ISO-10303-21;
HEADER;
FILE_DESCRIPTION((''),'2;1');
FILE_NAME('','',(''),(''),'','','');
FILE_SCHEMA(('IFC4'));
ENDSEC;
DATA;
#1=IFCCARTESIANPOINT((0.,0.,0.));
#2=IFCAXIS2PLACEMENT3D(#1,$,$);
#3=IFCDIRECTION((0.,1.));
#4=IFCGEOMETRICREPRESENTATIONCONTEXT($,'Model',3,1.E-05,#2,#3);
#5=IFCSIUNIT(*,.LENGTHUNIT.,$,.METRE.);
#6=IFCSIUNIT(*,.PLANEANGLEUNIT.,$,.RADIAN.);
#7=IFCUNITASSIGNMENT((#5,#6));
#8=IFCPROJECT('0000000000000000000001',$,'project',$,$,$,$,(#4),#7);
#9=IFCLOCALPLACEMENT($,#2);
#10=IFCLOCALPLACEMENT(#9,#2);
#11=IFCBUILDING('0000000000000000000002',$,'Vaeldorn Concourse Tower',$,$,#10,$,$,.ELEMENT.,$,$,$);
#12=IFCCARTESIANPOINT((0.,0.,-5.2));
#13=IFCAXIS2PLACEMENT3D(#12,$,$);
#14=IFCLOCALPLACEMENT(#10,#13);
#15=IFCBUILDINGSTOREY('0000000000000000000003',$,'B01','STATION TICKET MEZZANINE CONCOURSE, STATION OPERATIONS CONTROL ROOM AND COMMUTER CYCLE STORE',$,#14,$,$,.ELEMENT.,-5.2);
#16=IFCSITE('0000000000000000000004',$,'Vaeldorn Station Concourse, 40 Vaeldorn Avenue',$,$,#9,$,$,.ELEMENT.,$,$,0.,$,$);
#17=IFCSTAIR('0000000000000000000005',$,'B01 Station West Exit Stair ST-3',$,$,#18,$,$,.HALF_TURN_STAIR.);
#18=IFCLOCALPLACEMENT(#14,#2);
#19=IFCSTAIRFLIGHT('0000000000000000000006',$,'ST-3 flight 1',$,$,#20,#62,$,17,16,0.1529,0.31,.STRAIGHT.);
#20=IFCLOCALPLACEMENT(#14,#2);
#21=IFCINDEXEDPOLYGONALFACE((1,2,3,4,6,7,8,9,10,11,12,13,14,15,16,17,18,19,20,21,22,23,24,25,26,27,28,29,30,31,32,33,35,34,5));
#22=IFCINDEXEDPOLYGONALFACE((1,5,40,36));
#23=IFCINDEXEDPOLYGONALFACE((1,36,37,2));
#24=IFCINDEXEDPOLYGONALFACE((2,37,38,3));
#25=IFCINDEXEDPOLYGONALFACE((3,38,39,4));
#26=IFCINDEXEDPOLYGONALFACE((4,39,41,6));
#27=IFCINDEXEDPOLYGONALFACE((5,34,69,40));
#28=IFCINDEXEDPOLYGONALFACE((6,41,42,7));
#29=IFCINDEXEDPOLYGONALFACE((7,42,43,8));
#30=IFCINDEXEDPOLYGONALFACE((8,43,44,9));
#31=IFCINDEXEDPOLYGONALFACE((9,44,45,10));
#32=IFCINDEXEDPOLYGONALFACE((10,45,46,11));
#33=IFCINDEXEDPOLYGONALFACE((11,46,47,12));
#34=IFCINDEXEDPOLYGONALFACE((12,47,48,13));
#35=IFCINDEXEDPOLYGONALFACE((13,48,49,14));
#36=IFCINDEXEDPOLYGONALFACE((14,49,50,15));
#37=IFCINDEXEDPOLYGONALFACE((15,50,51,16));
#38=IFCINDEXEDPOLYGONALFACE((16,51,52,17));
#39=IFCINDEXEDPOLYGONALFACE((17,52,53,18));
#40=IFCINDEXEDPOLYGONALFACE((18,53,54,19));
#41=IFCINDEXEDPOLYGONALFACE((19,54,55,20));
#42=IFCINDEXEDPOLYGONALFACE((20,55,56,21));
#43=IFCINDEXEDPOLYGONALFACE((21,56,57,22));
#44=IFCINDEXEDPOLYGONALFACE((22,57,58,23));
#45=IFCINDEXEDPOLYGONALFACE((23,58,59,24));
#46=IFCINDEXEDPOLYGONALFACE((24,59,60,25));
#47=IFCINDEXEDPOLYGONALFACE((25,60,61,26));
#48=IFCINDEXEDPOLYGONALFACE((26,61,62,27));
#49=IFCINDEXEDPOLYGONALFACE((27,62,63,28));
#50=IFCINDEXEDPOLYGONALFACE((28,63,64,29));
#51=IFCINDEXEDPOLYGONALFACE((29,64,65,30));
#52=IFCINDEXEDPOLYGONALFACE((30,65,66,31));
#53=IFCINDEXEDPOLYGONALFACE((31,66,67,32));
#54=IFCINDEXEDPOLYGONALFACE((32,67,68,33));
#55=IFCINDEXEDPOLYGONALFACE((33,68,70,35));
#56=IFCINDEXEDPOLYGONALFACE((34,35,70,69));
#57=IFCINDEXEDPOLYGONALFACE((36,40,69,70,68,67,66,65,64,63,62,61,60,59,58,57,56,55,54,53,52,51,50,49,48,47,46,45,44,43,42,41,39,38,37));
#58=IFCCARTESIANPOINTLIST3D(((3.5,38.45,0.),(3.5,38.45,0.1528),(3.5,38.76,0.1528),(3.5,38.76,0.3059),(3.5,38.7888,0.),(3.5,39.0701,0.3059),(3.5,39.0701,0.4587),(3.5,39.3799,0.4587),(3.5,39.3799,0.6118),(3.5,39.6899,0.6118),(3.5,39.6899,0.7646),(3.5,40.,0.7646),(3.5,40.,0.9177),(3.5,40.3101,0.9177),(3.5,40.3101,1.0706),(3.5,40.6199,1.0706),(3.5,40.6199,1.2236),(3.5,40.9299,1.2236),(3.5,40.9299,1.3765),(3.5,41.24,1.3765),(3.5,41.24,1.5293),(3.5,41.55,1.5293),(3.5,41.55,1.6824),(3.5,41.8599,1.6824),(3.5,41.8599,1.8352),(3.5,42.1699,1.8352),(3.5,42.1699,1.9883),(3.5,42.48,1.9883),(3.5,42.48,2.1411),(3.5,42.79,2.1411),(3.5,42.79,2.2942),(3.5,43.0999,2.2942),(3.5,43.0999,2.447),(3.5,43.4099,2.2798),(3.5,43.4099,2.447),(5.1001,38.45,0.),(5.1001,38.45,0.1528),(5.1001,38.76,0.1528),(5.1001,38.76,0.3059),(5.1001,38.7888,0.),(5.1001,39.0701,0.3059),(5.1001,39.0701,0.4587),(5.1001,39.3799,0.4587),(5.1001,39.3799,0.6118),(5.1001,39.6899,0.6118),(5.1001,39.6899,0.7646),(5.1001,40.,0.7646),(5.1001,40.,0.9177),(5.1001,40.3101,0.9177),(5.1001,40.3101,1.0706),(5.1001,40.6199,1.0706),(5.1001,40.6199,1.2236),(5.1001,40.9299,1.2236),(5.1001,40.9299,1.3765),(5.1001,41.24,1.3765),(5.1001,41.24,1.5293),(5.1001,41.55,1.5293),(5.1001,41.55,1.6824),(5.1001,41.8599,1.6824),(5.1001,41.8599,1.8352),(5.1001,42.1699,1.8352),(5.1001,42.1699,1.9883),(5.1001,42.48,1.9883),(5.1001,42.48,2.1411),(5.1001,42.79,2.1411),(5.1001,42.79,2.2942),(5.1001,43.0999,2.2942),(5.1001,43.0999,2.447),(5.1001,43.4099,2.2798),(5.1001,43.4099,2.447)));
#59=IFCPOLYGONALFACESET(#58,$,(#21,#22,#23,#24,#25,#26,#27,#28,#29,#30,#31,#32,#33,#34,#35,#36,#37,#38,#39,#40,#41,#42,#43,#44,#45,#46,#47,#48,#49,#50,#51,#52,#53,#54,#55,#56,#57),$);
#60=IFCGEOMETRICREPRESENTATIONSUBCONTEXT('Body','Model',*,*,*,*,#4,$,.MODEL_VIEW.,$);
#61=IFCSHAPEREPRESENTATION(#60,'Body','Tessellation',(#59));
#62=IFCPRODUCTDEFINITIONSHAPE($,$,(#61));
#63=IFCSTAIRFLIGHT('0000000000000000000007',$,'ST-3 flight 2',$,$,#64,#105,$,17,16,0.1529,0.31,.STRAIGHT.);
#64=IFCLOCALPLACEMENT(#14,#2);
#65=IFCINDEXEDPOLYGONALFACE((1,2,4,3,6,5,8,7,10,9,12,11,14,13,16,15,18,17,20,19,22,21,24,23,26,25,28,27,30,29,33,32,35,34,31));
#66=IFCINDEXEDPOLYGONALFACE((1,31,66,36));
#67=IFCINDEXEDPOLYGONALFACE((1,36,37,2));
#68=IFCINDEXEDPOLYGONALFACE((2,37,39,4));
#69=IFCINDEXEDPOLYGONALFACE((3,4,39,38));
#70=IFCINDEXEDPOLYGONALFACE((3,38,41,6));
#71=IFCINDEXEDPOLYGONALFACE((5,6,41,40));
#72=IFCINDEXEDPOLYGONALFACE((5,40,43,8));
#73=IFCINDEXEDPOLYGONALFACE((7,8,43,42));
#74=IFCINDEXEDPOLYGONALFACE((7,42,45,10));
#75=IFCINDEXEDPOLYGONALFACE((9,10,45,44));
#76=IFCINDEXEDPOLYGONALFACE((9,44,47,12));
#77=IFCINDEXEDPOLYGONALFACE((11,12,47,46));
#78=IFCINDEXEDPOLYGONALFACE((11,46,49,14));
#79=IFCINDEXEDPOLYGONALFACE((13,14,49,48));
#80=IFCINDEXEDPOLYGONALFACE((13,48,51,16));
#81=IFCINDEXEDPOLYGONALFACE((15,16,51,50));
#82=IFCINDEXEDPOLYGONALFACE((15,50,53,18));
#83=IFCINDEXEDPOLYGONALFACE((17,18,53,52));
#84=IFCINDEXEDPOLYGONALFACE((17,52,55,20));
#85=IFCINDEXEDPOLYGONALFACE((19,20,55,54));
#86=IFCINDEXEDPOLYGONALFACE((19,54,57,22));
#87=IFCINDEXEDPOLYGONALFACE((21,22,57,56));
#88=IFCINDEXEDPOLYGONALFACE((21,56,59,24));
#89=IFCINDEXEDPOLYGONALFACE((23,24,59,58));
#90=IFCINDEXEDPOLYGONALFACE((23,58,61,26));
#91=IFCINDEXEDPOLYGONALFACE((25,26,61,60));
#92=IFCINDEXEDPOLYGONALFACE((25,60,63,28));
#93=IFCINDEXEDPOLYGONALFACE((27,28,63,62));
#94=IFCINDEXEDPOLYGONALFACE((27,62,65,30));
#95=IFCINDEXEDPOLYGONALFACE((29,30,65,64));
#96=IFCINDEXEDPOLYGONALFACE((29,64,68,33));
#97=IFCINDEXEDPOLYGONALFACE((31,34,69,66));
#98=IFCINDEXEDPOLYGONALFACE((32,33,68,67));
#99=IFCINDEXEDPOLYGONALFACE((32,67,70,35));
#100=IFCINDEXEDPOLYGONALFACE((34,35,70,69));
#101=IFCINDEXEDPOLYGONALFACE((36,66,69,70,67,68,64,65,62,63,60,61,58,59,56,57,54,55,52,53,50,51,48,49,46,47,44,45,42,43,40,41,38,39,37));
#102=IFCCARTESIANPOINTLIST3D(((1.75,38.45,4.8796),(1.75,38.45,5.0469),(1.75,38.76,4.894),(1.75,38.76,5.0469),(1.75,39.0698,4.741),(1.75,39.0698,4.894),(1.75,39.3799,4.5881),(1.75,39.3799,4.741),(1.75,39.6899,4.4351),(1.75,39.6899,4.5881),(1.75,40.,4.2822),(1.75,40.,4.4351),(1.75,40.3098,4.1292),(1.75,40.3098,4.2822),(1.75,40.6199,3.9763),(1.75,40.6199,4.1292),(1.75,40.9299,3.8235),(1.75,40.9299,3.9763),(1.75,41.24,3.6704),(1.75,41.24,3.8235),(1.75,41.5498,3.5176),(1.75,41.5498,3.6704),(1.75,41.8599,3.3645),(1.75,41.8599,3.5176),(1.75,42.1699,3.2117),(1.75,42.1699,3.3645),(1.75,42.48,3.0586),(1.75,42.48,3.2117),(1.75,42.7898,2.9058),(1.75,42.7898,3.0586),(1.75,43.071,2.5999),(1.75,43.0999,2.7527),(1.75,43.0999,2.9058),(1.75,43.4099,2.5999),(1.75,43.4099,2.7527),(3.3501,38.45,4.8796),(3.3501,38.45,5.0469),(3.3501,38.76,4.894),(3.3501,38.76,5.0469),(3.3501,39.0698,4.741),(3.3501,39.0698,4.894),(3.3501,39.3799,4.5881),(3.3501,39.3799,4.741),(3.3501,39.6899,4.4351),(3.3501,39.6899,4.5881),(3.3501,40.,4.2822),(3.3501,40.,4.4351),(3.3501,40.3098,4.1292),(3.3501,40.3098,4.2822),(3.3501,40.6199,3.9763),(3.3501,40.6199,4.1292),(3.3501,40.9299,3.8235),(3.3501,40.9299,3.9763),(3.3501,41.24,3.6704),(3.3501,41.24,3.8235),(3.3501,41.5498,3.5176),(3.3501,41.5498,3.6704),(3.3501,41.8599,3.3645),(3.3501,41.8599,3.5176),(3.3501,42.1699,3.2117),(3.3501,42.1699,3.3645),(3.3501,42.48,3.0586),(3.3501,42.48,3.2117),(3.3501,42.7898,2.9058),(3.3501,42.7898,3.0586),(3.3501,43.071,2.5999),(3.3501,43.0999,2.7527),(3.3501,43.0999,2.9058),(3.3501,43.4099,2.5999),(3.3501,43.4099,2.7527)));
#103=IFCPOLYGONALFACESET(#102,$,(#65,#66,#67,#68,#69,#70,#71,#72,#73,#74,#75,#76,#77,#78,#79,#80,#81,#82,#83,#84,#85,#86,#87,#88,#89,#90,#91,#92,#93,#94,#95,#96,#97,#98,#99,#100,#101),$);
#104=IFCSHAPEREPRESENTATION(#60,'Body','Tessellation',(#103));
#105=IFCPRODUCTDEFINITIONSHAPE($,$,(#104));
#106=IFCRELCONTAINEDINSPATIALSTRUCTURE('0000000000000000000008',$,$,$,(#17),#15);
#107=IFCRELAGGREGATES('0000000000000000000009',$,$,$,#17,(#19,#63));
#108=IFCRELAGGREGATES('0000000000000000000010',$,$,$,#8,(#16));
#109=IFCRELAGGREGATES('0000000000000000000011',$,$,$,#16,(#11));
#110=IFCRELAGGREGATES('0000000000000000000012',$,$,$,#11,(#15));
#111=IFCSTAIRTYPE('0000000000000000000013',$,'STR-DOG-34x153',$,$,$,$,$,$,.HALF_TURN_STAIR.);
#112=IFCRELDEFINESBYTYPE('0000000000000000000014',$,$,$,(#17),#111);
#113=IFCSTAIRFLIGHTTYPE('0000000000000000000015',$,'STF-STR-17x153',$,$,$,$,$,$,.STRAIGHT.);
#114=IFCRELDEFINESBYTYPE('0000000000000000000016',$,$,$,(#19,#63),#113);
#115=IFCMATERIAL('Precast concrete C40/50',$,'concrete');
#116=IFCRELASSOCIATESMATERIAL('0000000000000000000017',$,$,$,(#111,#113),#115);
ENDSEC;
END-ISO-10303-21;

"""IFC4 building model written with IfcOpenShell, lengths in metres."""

from ifc_helpers import new_model, si_unit, direction, frame, origin, place, context, subcontext, project, spatial, polyline, outline, extrude, material, type_object, element, aggregate, save


model = new_model("IFC4")

# Units and contexts
model_context = context("Model", 3, precision=1e-05, world=origin(), true_north=direction((0.0, 1.0)))
body_context = subcontext(model_context, "Body", "Model", "MODEL_VIEW")
ifc_project = project(units=[si_unit("LENGTHUNIT", "METRE"), si_unit("PLANEANGLEUNIT", "RADIAN")], contexts=[model_context])

# Site, building, storey
site_placement = place(None, origin())
site = spatial("IfcSite", under=ifc_project, at=site_placement, Name="Vaeldorn Station Concourse, 40 Vaeldorn Avenue", CompositionType="ELEMENT", RefElevation=0.0)
building_placement = place(site_placement, origin())
building = spatial("IfcBuilding", under=site, at=building_placement, Name="Vaeldorn Concourse Tower", CompositionType="ELEMENT")
storey_placement = place(building_placement, frame((0.0, 0.0, -5.2)))
storey = spatial("IfcBuildingStorey", under=building, at=storey_placement, Name="B01", Description="STATION TICKET MEZZANINE CONCOURSE, STATION OPERATIONS CONTROL ROOM AND COMMUTER CYCLE STORE", CompositionType="ELEMENT", Elevation=-5.2)

# Stair, stair flights
ifc_material_1 = material(Name="Precast concrete C40/50", Category="concrete")
stair_type = type_object("IfcStairType", Name="STR-DOG-34x153", PredefinedType="HALF_TURN_STAIR", material=ifc_material_1)
stair_placement = place(storey_placement, origin())
stair = element("IfcStair", 1, at=stair_placement, inside=storey, type_object=stair_type, Name="B01 Station West Exit Stair ST-3", PredefinedType="HALF_TURN_STAIR")
stair_flight_type = type_object("IfcStairFlightType", Name="STF-STR-17x153", PredefinedType="STRAIGHT", material=ifc_material_1)
stair_flight_1_placement = place(storey_placement, frame((4.3, 38.45, 0.0), z_axis=(0.0, 0.0, 1.0), x_axis=(0.0, 1.0, 0.0)))
stair_flight_1 = element("IfcStairFlight", 2, at=stair_flight_1_placement, type_object=stair_flight_type, Name="ST-3 flight 1", NumberOfRisers=17, NumberOfTreads=16, PredefinedType="STRAIGHT", RiserHeight=0.1529, TreadLength=0.31, context=body_context, shape_type="SweptSolid", body=[
    extrude(outline(polyline([(0.0, 0.0), (0.0, 0.1528), (0.3101, 0.1528), (0.3101, 0.3059), (0.6201, 0.3059), (0.6201, 0.4587), (0.9299, 0.4587), (0.9299, 0.6118), (1.24, 0.6118), (1.24, 0.7646), (1.55, 0.7646), (1.55, 0.9177), (1.8601, 0.9177), (1.8601, 1.0706), (2.1699, 1.0706), (2.1699, 1.2236), (2.48, 1.2236), (2.48, 1.3765), (2.79, 1.3765), (2.79, 1.5293), (3.1001, 1.5293), (3.1001, 1.6824), (3.4099, 1.6824), (3.4099, 1.8352), (3.72, 1.8352), (3.72, 1.9883), (4.03, 1.9883), (4.03, 2.1411), (4.3401, 2.1411), (4.3401, 2.2942), (4.6499, 2.2942), (4.6499, 2.447), (4.96, 2.447), (4.96, 2.6001), (4.96, 2.2798), (0.3389, 0.0), (0.0, 0.0)])), frame((0.0, 0.8, 0.0), z_axis=(0.0, -1.0, 0.0), x_axis=(1.0, 0.0, 0.0)), (0.0, 0.0, 1.0), 1.6001),
])
stair_flight_2_placement = place(storey_placement, frame((2.55, 43.4099, 2.5999), z_axis=(0.0, 0.0, 1.0), x_axis=(0.0, -1.0, 0.0)))
stair_flight_2 = element("IfcStairFlight", 3, at=stair_flight_2_placement, type_object=stair_flight_type, Name="ST-3 flight 2", NumberOfRisers=17, NumberOfTreads=16, PredefinedType="STRAIGHT", RiserHeight=0.1529, TreadLength=0.31, context=body_context, shape_type="SweptSolid", body=[
    extrude(outline(polyline([(0.0, 0.0), (0.0, 0.1528), (0.3101, 0.1528), (0.3101, 0.3059), (0.6201, 0.3059), (0.6201, 0.4587), (0.9299, 0.4587), (0.9299, 0.6118), (1.24, 0.6118), (1.24, 0.7646), (1.55, 0.7646), (1.55, 0.9177), (1.8601, 0.9177), (1.8601, 1.0706), (2.1699, 1.0706), (2.1699, 1.2236), (2.48, 1.2236), (2.48, 1.3765), (2.79, 1.3765), (2.79, 1.5293), (3.1001, 1.5293), (3.1001, 1.6824), (3.4099, 1.6824), (3.4099, 1.8352), (3.72, 1.8352), (3.72, 1.9883), (4.03, 1.9883), (4.03, 2.1411), (4.3401, 2.1411), (4.3401, 2.2942), (4.6499, 2.2942), (4.6499, 2.447), (4.96, 2.447), (4.96, 2.6001), (4.96, 2.2798), (0.3389, 0.0), (0.0, 0.0)])), frame((0.0, 0.8, 0.0), z_axis=(0.0, -1.0, 0.0), x_axis=(1.0, 0.0, 0.0)), (0.0, 0.0, 1.0), 1.6001),
])
aggregate(stair, [stair_flight_1, stair_flight_2])

save(model, "model.ifc")
